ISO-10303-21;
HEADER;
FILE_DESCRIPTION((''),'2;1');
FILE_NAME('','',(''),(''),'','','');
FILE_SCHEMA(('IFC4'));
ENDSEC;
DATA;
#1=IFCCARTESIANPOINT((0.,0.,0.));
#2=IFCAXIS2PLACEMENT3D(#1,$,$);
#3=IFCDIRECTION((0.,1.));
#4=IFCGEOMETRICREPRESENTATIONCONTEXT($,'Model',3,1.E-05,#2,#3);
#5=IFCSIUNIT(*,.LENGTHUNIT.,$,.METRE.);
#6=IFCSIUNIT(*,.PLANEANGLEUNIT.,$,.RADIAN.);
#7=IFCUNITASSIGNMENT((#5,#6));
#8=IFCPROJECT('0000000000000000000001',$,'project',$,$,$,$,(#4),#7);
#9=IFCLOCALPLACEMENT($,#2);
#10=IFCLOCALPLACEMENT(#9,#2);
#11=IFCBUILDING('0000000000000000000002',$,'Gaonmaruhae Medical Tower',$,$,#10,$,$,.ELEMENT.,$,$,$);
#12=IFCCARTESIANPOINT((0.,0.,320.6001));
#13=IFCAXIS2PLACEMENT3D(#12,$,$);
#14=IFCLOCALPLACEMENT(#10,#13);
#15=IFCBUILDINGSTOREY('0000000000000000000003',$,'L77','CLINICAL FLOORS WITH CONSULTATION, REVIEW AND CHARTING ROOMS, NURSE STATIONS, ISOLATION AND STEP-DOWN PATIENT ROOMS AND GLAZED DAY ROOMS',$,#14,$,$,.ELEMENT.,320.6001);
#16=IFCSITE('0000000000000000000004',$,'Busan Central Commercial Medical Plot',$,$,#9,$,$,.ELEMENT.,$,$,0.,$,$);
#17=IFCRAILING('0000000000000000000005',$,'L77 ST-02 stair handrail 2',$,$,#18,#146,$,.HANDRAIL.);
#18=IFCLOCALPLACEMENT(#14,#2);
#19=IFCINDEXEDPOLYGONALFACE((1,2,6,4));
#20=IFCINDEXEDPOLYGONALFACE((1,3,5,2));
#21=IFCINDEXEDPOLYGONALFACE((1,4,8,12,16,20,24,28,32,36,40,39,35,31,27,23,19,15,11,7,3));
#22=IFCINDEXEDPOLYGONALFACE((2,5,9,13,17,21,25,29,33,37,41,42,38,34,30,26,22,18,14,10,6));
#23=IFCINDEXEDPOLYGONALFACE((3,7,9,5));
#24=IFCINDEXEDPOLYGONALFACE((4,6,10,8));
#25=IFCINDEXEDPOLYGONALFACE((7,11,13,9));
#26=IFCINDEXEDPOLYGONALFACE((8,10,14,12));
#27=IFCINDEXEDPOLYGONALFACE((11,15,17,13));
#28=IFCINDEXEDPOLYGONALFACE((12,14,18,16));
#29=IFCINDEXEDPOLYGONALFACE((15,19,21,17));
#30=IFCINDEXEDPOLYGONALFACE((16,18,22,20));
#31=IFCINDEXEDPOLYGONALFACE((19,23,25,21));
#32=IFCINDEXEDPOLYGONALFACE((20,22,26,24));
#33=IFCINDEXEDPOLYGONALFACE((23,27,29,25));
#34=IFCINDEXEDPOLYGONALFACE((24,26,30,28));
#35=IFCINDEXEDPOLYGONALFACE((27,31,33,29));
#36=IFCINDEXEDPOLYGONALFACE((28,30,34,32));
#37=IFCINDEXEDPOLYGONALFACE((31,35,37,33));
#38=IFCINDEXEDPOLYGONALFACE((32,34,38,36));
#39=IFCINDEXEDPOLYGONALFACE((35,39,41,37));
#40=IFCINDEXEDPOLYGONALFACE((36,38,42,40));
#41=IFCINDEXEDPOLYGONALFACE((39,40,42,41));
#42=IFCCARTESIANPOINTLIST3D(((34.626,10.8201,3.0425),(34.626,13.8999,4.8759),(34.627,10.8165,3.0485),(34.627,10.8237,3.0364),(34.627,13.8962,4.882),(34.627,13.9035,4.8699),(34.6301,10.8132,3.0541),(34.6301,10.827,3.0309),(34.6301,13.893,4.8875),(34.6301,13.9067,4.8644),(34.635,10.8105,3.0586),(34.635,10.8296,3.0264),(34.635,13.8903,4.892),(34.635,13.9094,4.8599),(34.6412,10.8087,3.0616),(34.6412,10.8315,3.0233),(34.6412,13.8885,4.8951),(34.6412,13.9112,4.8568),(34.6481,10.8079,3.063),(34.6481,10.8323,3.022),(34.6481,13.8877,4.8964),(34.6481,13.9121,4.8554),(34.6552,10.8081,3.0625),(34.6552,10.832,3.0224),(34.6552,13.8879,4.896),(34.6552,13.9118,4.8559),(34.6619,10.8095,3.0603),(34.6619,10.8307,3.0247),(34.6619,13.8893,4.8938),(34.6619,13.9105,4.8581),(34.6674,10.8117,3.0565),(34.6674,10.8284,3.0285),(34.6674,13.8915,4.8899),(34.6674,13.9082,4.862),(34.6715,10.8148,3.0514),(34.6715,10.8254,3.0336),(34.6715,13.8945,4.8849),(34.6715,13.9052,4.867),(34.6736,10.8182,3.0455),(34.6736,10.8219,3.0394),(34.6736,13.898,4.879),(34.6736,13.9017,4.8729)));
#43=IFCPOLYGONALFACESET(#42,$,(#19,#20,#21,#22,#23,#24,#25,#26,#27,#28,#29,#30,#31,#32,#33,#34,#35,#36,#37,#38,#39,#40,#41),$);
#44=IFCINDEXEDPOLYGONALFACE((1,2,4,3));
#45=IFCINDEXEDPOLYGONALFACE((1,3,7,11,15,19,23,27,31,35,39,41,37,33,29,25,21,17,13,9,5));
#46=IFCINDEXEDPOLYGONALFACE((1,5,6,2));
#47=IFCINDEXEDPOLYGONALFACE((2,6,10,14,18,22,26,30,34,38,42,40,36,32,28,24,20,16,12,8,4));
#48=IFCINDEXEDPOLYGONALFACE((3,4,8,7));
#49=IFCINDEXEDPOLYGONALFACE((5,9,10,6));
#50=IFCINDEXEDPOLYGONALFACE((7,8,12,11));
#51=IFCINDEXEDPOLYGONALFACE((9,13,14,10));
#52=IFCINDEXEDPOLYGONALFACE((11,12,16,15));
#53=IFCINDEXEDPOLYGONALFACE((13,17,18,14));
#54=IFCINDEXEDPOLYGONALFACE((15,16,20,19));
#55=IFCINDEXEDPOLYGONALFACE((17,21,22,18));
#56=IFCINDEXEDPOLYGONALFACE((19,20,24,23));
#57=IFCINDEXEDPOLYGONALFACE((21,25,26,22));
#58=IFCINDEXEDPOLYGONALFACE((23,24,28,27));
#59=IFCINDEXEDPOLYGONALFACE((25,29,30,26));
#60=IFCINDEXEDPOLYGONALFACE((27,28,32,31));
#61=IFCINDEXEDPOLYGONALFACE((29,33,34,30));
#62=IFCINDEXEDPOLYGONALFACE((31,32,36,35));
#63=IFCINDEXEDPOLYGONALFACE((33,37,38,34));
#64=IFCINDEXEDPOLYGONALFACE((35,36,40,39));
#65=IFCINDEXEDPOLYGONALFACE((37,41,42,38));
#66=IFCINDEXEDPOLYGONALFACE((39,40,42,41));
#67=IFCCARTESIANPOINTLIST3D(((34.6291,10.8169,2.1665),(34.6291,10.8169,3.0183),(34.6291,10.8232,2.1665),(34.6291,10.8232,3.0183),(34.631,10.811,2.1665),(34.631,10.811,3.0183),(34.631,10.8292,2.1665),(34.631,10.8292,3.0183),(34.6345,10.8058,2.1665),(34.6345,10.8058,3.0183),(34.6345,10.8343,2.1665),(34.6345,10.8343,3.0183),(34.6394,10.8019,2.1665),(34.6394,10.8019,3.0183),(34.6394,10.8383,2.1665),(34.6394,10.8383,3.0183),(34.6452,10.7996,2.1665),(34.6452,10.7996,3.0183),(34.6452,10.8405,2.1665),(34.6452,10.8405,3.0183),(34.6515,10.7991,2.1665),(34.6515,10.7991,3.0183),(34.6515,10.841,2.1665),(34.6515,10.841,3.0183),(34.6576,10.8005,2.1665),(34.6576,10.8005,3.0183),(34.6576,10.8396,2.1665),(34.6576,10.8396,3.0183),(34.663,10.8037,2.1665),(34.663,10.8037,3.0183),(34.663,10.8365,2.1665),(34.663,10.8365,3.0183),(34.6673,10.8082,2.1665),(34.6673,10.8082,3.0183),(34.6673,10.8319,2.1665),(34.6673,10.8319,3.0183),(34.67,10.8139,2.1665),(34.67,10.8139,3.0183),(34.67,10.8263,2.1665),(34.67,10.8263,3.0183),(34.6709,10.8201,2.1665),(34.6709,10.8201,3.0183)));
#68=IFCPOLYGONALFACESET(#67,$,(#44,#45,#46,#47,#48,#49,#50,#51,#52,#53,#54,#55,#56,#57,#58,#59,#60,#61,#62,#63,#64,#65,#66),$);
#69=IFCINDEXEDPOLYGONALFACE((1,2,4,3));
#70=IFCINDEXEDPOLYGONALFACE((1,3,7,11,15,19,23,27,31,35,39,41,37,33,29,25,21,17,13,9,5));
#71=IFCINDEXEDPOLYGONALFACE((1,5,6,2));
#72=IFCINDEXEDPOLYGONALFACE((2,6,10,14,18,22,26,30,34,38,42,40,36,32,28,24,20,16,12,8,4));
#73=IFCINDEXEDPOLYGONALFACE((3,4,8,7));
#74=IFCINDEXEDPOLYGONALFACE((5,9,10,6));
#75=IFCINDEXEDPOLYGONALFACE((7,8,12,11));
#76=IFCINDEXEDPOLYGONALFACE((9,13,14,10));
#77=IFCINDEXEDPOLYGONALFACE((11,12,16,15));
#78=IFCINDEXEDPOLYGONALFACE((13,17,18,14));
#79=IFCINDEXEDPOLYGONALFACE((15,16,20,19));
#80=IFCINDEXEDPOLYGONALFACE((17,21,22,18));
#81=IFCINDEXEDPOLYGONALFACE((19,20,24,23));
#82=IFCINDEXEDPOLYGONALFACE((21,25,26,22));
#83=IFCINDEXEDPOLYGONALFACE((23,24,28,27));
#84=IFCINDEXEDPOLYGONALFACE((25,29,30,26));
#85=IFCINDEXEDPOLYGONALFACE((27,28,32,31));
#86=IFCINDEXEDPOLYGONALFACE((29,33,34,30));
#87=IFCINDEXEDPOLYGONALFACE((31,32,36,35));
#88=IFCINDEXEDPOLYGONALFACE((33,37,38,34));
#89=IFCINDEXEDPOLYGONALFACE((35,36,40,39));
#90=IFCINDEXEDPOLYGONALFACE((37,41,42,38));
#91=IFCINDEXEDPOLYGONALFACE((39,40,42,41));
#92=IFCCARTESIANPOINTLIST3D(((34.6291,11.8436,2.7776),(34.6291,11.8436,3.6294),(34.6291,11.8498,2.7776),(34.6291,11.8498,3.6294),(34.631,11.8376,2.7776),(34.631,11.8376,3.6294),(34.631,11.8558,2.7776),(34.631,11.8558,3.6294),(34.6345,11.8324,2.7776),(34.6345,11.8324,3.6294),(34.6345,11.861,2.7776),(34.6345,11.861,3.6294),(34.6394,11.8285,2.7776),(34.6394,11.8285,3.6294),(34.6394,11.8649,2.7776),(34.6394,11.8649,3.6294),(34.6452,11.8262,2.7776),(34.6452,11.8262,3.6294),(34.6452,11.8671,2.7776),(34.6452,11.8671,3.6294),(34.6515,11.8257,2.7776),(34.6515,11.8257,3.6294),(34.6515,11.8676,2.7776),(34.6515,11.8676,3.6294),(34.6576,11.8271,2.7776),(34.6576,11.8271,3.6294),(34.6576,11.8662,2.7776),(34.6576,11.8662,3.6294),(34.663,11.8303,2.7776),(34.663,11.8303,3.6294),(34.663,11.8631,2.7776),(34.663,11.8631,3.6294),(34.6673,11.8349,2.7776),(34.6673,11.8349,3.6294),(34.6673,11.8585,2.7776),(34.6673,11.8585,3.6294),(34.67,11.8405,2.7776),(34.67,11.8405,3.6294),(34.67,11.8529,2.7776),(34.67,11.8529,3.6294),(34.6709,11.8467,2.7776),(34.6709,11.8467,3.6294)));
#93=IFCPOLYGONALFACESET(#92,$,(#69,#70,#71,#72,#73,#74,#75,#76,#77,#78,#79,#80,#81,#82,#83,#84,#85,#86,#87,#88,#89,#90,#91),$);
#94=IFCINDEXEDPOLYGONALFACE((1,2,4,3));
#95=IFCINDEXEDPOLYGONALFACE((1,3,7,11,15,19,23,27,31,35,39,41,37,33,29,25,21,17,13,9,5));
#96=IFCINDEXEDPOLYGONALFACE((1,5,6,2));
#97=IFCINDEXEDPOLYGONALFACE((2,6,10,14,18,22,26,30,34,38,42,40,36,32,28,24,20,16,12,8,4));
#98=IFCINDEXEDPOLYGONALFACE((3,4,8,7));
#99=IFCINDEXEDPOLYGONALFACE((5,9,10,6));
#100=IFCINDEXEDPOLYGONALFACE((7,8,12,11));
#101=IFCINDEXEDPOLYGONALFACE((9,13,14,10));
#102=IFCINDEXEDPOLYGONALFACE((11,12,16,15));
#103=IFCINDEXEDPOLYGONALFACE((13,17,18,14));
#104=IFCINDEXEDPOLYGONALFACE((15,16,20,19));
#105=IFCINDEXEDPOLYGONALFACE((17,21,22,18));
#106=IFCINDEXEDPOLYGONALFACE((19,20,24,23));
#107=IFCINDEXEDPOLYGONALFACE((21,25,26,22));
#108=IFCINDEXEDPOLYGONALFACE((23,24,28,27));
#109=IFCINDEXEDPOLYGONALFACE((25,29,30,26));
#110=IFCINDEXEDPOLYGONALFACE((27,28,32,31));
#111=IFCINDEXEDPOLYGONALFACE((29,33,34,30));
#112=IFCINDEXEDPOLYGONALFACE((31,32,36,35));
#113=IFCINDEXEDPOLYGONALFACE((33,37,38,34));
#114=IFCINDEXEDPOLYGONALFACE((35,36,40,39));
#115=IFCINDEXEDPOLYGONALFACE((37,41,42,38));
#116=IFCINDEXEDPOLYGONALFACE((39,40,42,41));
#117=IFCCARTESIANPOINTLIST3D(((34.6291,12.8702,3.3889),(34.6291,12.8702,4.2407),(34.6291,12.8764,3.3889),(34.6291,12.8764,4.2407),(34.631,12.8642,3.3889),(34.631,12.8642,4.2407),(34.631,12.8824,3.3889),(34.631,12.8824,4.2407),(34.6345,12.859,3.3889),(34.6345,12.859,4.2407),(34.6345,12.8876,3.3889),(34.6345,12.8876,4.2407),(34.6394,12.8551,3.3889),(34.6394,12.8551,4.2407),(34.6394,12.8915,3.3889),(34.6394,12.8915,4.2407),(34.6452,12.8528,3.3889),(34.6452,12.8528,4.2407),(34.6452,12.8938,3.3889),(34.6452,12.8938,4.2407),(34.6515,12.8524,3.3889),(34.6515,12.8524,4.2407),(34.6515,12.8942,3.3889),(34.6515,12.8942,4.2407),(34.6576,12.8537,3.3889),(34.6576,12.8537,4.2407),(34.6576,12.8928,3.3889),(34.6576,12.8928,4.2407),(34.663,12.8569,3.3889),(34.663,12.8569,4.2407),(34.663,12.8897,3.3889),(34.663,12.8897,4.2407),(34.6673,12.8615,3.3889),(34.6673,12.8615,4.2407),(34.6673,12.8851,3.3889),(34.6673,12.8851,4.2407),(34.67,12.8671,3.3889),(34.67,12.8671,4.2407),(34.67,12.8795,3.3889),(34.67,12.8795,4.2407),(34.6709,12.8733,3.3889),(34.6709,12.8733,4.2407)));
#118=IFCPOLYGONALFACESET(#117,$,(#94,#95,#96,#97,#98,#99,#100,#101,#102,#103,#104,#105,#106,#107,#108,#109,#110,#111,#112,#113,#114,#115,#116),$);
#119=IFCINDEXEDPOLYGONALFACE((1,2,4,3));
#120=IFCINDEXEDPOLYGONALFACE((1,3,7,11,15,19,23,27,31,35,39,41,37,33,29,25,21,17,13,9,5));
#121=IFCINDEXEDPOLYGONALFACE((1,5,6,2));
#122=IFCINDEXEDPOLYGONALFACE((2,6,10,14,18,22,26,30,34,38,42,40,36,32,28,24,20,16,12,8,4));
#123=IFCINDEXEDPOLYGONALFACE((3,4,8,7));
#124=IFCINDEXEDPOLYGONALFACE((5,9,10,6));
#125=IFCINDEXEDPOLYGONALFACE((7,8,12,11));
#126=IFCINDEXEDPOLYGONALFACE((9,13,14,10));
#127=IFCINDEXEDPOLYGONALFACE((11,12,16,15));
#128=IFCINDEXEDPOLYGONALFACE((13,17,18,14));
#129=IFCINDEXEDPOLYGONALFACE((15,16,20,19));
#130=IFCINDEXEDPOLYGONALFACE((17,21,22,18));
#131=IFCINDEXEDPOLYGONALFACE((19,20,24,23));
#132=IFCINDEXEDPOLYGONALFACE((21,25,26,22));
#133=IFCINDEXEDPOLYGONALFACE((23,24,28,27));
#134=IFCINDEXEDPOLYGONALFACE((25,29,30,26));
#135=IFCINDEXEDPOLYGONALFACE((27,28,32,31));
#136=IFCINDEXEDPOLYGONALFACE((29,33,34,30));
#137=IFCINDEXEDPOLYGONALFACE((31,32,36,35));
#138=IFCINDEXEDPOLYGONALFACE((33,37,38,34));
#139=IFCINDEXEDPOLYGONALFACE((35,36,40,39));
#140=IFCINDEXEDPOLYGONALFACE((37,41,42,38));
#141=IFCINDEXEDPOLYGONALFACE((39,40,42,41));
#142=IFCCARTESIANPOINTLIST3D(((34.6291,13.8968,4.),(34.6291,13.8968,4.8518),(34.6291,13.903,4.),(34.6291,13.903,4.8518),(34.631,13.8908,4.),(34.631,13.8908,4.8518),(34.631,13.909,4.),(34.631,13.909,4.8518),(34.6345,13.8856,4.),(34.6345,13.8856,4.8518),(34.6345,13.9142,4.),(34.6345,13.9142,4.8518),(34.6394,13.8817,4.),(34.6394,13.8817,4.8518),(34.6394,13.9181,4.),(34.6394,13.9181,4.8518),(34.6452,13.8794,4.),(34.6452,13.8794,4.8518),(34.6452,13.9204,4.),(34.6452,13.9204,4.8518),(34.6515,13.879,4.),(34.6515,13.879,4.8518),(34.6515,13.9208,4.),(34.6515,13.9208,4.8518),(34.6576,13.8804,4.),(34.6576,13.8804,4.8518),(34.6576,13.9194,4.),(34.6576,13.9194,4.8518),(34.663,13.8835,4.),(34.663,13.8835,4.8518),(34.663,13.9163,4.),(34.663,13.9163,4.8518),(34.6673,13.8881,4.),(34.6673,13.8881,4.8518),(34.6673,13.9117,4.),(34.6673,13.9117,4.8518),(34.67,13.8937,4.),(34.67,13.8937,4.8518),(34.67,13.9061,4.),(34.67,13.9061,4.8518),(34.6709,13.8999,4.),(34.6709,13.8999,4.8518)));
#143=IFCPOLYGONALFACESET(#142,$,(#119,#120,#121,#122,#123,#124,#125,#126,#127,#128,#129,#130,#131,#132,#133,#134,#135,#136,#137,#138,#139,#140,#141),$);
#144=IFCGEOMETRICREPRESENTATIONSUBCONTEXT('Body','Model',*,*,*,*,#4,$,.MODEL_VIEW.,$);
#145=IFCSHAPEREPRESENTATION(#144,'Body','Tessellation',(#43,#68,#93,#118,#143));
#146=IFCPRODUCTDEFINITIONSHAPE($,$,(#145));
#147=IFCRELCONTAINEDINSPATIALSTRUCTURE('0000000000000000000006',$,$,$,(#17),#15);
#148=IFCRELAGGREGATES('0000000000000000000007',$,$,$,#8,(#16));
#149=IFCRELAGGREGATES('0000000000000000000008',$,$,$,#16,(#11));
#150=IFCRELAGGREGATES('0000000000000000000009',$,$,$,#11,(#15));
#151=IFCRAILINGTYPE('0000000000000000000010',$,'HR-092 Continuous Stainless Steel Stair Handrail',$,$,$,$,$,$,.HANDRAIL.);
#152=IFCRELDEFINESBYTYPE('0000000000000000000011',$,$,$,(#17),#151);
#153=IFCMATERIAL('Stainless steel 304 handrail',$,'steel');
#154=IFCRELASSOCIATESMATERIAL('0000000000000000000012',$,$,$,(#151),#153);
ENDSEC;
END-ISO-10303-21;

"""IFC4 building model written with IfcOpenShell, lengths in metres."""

from ifc_helpers import new_model, si_unit, direction, frame, origin, origin_2d, place, context, subcontext, project, spatial, circle, extrude, material, type_object, element, save


model = new_model("IFC4")

# Units and contexts
model_context = context("Model", 3, precision=1e-05, world=origin(), true_north=direction((0.0, 1.0)))
body_context = subcontext(model_context, "Body", "Model", "MODEL_VIEW")
ifc_project = project(units=[si_unit("LENGTHUNIT", "METRE"), si_unit("PLANEANGLEUNIT", "RADIAN")], contexts=[model_context])

# Site, building, storey
site_placement = place(None, origin())
site = spatial("IfcSite", under=ifc_project, at=site_placement, Name="Busan Central Commercial Medical Plot", CompositionType="ELEMENT", RefElevation=0.0)
building_placement = place(site_placement, origin())
building = spatial("IfcBuilding", under=site, at=building_placement, Name="Gaonmaruhae Medical Tower", CompositionType="ELEMENT")
storey_placement = place(building_placement, frame((0.0, 0.0, 320.6001)))
storey = spatial("IfcBuildingStorey", under=building, at=storey_placement, Name="L77", Description="CLINICAL FLOORS WITH CONSULTATION, REVIEW AND CHARTING ROOMS, NURSE STATIONS, ISOLATION AND STEP-DOWN PATIENT ROOMS AND GLAZED DAY ROOMS", CompositionType="ELEMENT", Elevation=320.6001)

# Railing
ifc_material_1 = material(Name="Stainless steel 304 handrail", Category="steel")
railing_type_1 = type_object("IfcRailingType", Name="HR-092 Continuous Stainless Steel Stair Handrail", PredefinedType="HANDRAIL", material=ifc_material_1)
railing_1_placement = place(storey_placement, frame((34.6499, 10.8201, 2.1665)))
element("IfcRailing", 1, at=railing_1_placement, inside=storey, type_object=railing_type_1, Name="L77 ST-02 stair handrail 2", PredefinedType="HANDRAIL", context=body_context, shape_type="SweptSolid", body=[
    extrude(circle(Radius=0.0239, at=origin_2d()), frame((0.0, 0.0, 0.876), z_axis=(0.0, 0.859261, 0.511538), x_axis=(-1.0, 0.0, 0.0)), (0.0, 0.0, 1.0), 3.5842),
    extrude(circle(Radius=0.021, at=origin_2d()), origin(), (0.0, 0.0, 1.0), 0.8518),
    extrude(circle(Radius=0.021, at=origin_2d()), frame((0.0, 1.0266, 0.6111)), (0.0, 0.0, 1.0), 0.8518),
    extrude(circle(Radius=0.021, at=origin_2d()), frame((0.0, 2.0532, 1.2224)), (0.0, 0.0, 1.0), 0.8518),
    extrude(circle(Radius=0.021, at=origin_2d()), frame((0.0, 3.0798, 1.8335)), (0.0, 0.0, 1.0), 0.8518),
])

save(model, "model.ifc")
